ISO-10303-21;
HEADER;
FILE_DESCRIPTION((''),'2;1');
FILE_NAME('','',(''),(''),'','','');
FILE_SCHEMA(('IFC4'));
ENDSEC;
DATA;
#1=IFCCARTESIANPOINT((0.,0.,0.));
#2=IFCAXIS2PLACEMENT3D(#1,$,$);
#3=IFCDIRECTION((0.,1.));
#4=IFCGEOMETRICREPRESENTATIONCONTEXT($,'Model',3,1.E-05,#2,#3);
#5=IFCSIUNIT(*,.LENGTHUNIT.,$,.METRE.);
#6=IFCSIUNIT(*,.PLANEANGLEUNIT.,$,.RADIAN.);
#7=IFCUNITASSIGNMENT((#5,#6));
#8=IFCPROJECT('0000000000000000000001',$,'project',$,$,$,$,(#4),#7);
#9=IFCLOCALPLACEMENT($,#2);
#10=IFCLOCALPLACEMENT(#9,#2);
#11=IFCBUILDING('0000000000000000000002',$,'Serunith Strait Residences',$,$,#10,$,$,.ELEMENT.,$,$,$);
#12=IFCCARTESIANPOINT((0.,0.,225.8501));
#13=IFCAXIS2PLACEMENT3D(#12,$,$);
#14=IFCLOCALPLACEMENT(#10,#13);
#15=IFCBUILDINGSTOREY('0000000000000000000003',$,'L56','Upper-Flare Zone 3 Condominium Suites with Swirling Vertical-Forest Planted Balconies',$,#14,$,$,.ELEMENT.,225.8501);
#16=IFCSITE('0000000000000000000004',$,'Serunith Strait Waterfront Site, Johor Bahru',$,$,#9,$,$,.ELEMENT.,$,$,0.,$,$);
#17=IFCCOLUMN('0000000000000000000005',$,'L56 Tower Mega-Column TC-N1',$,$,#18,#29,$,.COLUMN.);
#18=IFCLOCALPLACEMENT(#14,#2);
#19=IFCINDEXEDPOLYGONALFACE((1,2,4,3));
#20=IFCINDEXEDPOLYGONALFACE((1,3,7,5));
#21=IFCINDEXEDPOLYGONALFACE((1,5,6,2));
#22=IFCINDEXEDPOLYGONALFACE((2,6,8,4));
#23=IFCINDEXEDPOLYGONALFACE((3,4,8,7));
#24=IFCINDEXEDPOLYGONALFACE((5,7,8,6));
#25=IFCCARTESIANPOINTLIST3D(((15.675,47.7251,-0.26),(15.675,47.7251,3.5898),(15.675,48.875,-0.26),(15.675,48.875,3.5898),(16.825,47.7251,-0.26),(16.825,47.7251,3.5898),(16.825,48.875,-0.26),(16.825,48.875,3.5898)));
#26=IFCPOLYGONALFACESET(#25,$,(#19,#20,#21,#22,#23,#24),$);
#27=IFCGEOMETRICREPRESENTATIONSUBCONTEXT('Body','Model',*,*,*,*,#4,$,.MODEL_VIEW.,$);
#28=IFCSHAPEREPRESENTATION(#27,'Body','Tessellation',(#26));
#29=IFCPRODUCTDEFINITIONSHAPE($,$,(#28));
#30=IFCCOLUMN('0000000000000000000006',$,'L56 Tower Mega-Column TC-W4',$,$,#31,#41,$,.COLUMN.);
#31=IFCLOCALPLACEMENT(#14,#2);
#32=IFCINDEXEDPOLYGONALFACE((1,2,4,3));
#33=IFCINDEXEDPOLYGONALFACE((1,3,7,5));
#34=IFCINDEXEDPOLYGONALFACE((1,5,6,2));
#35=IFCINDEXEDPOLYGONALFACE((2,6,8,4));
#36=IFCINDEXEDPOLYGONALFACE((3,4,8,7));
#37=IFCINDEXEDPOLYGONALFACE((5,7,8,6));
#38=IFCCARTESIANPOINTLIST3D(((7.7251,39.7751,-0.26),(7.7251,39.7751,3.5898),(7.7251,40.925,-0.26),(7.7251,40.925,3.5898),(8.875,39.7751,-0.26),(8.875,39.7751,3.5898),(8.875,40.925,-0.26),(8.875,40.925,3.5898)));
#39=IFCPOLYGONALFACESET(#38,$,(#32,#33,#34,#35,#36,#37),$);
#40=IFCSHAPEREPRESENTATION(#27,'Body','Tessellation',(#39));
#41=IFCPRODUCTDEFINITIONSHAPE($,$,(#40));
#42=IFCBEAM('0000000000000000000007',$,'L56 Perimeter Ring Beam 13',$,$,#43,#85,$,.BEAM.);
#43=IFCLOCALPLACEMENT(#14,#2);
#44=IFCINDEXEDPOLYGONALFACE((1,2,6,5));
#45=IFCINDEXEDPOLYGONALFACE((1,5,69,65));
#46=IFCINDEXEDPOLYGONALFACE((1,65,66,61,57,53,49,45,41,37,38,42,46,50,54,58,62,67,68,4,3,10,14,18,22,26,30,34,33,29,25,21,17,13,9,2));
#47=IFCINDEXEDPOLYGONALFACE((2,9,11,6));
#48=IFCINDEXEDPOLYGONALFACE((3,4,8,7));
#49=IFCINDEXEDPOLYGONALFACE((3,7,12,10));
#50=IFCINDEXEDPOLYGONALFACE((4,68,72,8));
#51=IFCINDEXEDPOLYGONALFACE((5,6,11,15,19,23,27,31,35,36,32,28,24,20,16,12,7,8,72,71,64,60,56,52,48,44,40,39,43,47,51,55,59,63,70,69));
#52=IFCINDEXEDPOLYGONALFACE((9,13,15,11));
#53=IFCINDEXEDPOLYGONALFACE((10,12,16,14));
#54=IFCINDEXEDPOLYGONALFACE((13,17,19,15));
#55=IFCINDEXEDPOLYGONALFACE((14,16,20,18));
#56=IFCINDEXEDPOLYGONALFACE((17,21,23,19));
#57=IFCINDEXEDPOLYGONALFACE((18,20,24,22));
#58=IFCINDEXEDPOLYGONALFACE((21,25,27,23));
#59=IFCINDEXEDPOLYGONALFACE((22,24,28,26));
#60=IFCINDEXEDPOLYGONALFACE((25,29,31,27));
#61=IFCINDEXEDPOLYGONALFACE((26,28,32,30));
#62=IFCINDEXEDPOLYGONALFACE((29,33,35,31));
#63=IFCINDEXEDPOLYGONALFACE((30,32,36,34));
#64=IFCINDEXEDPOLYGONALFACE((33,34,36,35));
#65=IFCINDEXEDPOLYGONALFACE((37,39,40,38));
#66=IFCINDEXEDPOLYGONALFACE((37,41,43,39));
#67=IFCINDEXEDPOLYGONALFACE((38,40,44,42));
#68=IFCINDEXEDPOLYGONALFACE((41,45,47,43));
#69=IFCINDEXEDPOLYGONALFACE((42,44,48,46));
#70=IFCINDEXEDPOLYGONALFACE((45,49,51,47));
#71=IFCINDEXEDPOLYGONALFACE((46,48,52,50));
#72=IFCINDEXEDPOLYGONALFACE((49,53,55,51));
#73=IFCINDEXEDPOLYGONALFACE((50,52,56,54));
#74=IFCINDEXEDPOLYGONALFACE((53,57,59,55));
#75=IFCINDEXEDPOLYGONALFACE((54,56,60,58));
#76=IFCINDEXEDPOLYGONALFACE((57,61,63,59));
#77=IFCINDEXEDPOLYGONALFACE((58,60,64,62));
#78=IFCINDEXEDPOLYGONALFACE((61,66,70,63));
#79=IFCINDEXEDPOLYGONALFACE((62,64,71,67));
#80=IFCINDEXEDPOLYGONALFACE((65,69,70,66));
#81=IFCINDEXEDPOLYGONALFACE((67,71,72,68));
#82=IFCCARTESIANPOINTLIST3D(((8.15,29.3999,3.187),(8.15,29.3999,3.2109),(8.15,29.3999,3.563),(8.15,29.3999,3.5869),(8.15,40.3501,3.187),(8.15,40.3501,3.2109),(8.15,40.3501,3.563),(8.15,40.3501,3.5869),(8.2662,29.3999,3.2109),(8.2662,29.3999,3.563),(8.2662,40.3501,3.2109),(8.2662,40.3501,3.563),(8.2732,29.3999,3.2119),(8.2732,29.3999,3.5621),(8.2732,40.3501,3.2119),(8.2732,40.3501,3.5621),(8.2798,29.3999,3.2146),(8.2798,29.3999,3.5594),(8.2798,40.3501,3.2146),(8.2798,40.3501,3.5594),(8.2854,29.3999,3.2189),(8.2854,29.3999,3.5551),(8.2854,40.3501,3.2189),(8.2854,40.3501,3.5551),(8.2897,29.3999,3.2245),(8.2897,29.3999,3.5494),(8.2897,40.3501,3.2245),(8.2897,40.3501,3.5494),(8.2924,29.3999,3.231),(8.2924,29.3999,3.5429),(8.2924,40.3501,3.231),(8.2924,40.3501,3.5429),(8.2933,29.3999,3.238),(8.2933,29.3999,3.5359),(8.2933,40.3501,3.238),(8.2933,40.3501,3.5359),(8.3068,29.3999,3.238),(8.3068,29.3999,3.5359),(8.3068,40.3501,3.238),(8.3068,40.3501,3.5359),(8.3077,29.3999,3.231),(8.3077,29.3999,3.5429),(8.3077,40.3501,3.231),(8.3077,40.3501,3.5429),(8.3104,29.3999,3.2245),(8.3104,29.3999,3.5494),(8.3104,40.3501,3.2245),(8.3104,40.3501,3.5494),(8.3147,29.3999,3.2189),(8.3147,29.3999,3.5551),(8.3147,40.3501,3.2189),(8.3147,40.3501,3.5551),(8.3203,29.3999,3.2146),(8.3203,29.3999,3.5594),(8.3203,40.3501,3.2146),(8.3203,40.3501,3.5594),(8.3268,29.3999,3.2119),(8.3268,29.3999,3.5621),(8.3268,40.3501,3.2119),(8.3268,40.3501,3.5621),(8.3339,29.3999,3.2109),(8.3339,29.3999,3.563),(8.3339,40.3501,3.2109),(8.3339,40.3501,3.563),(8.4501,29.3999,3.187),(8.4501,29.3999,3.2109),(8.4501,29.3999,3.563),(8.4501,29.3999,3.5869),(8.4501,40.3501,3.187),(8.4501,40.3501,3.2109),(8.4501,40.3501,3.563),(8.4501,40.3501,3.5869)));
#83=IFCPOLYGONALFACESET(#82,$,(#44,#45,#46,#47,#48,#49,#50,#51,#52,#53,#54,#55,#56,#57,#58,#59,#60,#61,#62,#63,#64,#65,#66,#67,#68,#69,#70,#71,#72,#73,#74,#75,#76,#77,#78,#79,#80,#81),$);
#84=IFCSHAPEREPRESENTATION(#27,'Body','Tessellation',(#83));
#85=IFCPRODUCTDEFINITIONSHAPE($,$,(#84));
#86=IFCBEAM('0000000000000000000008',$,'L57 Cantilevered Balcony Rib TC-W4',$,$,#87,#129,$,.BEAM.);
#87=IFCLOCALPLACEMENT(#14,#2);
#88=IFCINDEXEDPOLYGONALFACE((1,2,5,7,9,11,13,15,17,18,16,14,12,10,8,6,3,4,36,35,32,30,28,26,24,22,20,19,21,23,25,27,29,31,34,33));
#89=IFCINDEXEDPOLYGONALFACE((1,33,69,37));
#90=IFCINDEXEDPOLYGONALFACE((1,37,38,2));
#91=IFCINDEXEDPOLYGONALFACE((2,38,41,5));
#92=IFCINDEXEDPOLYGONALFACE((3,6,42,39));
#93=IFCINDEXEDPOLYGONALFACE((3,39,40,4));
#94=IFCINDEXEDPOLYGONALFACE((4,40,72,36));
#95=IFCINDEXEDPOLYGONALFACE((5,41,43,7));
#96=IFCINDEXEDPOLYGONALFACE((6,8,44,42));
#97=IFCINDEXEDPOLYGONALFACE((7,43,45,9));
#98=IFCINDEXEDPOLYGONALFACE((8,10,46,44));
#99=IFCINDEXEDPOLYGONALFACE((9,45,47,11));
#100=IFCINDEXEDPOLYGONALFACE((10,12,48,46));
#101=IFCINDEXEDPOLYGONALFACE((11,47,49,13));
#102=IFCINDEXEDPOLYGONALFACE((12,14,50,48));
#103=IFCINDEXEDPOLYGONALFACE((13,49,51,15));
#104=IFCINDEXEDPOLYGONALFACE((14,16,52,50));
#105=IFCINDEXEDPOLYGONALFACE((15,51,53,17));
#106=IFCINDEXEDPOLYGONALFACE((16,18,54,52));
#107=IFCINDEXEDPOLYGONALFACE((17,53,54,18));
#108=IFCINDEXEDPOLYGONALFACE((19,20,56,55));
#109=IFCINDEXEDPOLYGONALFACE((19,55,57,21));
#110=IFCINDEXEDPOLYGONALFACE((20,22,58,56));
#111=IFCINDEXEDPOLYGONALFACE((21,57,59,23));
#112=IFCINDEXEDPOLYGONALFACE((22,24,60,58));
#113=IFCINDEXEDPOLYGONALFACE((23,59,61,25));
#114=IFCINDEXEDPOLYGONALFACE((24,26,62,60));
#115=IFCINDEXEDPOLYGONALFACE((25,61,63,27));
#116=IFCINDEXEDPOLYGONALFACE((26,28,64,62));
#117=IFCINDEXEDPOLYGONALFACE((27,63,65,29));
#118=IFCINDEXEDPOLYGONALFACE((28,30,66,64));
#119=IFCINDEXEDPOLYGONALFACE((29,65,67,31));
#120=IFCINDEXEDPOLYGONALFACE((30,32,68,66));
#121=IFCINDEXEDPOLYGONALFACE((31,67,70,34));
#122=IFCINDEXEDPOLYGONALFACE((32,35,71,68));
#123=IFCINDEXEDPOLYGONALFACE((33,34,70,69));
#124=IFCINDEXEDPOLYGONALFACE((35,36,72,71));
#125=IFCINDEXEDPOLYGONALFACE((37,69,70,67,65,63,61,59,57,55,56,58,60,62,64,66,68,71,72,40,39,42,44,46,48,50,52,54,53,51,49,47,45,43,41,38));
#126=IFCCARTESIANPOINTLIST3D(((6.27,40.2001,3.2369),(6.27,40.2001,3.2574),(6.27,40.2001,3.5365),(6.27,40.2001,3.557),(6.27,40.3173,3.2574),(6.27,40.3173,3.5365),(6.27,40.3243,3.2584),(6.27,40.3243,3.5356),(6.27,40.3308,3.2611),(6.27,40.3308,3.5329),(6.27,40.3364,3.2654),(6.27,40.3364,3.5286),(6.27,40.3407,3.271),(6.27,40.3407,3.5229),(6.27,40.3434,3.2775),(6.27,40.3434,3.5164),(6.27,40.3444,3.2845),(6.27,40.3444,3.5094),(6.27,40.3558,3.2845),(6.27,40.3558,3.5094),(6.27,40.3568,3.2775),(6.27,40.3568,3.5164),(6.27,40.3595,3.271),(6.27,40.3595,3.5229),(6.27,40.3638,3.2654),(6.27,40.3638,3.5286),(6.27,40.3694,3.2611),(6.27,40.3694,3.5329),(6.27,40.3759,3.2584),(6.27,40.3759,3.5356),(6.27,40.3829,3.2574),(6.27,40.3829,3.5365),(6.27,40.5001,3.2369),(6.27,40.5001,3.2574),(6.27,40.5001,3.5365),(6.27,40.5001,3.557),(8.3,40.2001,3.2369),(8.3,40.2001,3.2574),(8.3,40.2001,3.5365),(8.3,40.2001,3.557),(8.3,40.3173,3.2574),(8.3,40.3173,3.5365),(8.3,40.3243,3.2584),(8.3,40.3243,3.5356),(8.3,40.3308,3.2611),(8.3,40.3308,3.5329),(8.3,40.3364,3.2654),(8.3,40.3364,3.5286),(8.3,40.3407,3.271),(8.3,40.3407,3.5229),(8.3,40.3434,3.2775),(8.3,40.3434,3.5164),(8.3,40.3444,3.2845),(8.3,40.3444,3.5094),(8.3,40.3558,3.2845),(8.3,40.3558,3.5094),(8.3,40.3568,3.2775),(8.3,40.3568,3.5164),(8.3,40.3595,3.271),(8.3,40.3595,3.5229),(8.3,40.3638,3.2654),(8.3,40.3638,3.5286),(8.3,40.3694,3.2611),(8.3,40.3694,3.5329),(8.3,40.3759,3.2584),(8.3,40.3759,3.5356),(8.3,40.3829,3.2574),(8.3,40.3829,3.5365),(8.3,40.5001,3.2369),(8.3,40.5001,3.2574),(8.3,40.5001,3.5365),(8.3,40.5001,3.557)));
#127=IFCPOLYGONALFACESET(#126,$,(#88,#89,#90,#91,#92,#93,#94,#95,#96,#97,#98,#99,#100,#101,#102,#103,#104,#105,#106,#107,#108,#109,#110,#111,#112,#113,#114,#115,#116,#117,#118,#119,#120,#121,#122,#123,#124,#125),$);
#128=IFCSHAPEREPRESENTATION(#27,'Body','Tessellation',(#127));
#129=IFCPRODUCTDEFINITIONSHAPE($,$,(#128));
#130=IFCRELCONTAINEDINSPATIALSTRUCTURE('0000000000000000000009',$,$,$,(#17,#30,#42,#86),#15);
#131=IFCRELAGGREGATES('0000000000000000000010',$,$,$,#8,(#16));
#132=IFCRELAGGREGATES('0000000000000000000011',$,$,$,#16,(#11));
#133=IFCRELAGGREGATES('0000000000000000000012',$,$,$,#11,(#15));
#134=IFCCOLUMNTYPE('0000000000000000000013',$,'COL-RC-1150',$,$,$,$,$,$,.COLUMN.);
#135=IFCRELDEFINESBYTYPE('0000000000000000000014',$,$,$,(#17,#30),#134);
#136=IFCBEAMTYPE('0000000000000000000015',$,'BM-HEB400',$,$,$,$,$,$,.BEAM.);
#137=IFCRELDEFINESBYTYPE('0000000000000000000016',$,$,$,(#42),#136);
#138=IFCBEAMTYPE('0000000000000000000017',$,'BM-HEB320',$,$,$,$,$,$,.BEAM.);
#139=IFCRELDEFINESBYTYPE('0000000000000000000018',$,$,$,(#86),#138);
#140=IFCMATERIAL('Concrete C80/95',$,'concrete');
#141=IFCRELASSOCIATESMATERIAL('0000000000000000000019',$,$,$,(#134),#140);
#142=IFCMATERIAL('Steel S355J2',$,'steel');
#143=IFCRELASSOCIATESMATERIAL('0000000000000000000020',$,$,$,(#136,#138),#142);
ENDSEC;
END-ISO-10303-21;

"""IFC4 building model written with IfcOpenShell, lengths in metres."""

from ifc_helpers import new_model, si_unit, direction, frame, origin, origin_2d, place, context, subcontext, project, spatial, rectangle, i_section, extrude, source, transform, mapped, material, material_profile, profile_set, type_object, element, save


model = new_model("IFC4")

# Units and contexts
model_context = context("Model", 3, precision=1e-05, world=origin(), true_north=direction((0.0, 1.0)))
body_context = subcontext(model_context, "Body", "Model", "MODEL_VIEW")
ifc_project = project(units=[si_unit("LENGTHUNIT", "METRE"), si_unit("PLANEANGLEUNIT", "RADIAN")], contexts=[model_context])

# Site, building, storey
site_placement = place(None, origin())
site = spatial("IfcSite", under=ifc_project, at=site_placement, Name="Serunith Strait Waterfront Site, Johor Bahru", CompositionType="ELEMENT", RefElevation=0.0)
building_placement = place(site_placement, origin())
building = spatial("IfcBuilding", under=site, at=building_placement, Name="Serunith Strait Residences", CompositionType="ELEMENT")
storey_placement = place(building_placement, frame((0.0, 0.0, 225.8501)))
storey = spatial("IfcBuildingStorey", under=building, at=storey_placement, Name="L56", Description="Upper-Flare Zone 3 Condominium Suites with Swirling Vertical-Forest Planted Balconies", CompositionType="ELEMENT", Elevation=225.8501)

# Columns
ifc_material_1 = material(Name="Concrete C80/95", Category="concrete")
ifc_material_profile_1 = material_profile(ifc_material_1, rectangle(XDim=1.1499, YDim=1.1499, at=origin_2d()), Name="RC 1150x1150")
ifc_profile_set_1 = profile_set([ifc_material_profile_1], Name="Concrete C80/95")
column_type = type_object("IfcColumnType", Name="COL-RC-1150", PredefinedType="COLUMN", material=ifc_profile_set_1)
shared_shape_1 = source(origin(), body_context, "Body", "SweptSolid", [
    extrude(rectangle(XDim=1.1499, YDim=1.1499, at=origin_2d()), origin(), (0.0, 0.0, 1.0), 3.8499),
])
for number, where, z_axis, x_axis, name in (
    (1, (16.25, 48.3, -0.26), (0.0, 0.0, 1.0), (1.0, 0.0, 0.0), "L56 Tower Mega-Column TC-N1"),
    (2, (8.3, 40.3501, -0.26), (0.0, 0.0, 1.0), (1.0, 0.0, 0.0), "L56 Tower Mega-Column TC-W4"),
):
    element("IfcColumn", number, at=place(storey_placement, frame(where, z_axis=z_axis, x_axis=x_axis)), inside=storey, type_object=column_type, Name=name, PredefinedType="COLUMN", context=body_context, shape_type="MappedRepresentation", body=[
        mapped(shared_shape_1, transform((0.0, 0.0, 0.0), scale=1.0)),
    ])

# Beams
ifc_material_2 = material(Name="Steel S355J2", Category="steel")
ifc_material_profile_2 = material_profile(ifc_material_2, i_section(OverallWidth=0.3, OverallDepth=0.3999, WebThickness=0.0134, FlangeThickness=0.0239, FilletRadius=0.0271, at=origin_2d()), Name="HEB 400")
ifc_profile_set_2 = profile_set([ifc_material_profile_2], Name="Steel S355J2")
beam_type_1 = type_object("IfcBeamType", Name="BM-HEB400", PredefinedType="BEAM", material=ifc_profile_set_2)
shared_shape_2 = source(origin(), body_context, "Body", "SweptSolid", [
    extrude(i_section(OverallWidth=0.3, OverallDepth=0.3999, WebThickness=0.0134, FlangeThickness=0.0239, FilletRadius=0.0271, at=origin_2d()), origin(), (0.0, 0.0, 1.0), 10.9502),
])
beam_1_placement = place(storey_placement, frame((8.3, 40.3501, 3.387), z_axis=(0.0, -1.0, 0.0), x_axis=(1.0, 0.0, 0.0)))
element("IfcBeam", 3, at=beam_1_placement, inside=storey, type_object=beam_type_1, Name="L56 Perimeter Ring Beam 13", PredefinedType="BEAM", context=body_context, shape_type="MappedRepresentation", body=[
    mapped(shared_shape_2, transform((0.0, 0.0, 0.0), scale=1.0)),
])
ifc_material_profile_3 = material_profile(ifc_material_2, i_section(OverallWidth=0.3, OverallDepth=0.3201, WebThickness=0.0115, FlangeThickness=0.0205, FilletRadius=0.0271, at=origin_2d()), Name="HEB 320")
ifc_profile_set_3 = profile_set([ifc_material_profile_3], Name="Steel S355J2")
beam_type_2 = type_object("IfcBeamType", Name="BM-HEB320", PredefinedType="BEAM", material=ifc_profile_set_3)
shared_shape_3 = source(origin(), body_context, "Body", "SweptSolid", [
    extrude(i_section(OverallWidth=0.3, OverallDepth=0.3201, WebThickness=0.0115, FlangeThickness=0.0205, FilletRadius=0.0271, at=origin_2d()), origin(), (0.0, 0.0, 1.0), 2.03),
])
beam_2_placement = place(storey_placement, frame((8.3, 40.3501, 3.397), z_axis=(-1.0, 0.0, 0.0), x_axis=(0.0, -1.0, 0.0)))
element("IfcBeam", 4, at=beam_2_placement, inside=storey, type_object=beam_type_2, Name="L57 Cantilevered Balcony Rib TC-W4", PredefinedType="BEAM", context=body_context, shape_type="MappedRepresentation", body=[
    mapped(shared_shape_3, transform((0.0, 0.0, 0.0), scale=1.0)),
])

save(model, "model.ifc")
